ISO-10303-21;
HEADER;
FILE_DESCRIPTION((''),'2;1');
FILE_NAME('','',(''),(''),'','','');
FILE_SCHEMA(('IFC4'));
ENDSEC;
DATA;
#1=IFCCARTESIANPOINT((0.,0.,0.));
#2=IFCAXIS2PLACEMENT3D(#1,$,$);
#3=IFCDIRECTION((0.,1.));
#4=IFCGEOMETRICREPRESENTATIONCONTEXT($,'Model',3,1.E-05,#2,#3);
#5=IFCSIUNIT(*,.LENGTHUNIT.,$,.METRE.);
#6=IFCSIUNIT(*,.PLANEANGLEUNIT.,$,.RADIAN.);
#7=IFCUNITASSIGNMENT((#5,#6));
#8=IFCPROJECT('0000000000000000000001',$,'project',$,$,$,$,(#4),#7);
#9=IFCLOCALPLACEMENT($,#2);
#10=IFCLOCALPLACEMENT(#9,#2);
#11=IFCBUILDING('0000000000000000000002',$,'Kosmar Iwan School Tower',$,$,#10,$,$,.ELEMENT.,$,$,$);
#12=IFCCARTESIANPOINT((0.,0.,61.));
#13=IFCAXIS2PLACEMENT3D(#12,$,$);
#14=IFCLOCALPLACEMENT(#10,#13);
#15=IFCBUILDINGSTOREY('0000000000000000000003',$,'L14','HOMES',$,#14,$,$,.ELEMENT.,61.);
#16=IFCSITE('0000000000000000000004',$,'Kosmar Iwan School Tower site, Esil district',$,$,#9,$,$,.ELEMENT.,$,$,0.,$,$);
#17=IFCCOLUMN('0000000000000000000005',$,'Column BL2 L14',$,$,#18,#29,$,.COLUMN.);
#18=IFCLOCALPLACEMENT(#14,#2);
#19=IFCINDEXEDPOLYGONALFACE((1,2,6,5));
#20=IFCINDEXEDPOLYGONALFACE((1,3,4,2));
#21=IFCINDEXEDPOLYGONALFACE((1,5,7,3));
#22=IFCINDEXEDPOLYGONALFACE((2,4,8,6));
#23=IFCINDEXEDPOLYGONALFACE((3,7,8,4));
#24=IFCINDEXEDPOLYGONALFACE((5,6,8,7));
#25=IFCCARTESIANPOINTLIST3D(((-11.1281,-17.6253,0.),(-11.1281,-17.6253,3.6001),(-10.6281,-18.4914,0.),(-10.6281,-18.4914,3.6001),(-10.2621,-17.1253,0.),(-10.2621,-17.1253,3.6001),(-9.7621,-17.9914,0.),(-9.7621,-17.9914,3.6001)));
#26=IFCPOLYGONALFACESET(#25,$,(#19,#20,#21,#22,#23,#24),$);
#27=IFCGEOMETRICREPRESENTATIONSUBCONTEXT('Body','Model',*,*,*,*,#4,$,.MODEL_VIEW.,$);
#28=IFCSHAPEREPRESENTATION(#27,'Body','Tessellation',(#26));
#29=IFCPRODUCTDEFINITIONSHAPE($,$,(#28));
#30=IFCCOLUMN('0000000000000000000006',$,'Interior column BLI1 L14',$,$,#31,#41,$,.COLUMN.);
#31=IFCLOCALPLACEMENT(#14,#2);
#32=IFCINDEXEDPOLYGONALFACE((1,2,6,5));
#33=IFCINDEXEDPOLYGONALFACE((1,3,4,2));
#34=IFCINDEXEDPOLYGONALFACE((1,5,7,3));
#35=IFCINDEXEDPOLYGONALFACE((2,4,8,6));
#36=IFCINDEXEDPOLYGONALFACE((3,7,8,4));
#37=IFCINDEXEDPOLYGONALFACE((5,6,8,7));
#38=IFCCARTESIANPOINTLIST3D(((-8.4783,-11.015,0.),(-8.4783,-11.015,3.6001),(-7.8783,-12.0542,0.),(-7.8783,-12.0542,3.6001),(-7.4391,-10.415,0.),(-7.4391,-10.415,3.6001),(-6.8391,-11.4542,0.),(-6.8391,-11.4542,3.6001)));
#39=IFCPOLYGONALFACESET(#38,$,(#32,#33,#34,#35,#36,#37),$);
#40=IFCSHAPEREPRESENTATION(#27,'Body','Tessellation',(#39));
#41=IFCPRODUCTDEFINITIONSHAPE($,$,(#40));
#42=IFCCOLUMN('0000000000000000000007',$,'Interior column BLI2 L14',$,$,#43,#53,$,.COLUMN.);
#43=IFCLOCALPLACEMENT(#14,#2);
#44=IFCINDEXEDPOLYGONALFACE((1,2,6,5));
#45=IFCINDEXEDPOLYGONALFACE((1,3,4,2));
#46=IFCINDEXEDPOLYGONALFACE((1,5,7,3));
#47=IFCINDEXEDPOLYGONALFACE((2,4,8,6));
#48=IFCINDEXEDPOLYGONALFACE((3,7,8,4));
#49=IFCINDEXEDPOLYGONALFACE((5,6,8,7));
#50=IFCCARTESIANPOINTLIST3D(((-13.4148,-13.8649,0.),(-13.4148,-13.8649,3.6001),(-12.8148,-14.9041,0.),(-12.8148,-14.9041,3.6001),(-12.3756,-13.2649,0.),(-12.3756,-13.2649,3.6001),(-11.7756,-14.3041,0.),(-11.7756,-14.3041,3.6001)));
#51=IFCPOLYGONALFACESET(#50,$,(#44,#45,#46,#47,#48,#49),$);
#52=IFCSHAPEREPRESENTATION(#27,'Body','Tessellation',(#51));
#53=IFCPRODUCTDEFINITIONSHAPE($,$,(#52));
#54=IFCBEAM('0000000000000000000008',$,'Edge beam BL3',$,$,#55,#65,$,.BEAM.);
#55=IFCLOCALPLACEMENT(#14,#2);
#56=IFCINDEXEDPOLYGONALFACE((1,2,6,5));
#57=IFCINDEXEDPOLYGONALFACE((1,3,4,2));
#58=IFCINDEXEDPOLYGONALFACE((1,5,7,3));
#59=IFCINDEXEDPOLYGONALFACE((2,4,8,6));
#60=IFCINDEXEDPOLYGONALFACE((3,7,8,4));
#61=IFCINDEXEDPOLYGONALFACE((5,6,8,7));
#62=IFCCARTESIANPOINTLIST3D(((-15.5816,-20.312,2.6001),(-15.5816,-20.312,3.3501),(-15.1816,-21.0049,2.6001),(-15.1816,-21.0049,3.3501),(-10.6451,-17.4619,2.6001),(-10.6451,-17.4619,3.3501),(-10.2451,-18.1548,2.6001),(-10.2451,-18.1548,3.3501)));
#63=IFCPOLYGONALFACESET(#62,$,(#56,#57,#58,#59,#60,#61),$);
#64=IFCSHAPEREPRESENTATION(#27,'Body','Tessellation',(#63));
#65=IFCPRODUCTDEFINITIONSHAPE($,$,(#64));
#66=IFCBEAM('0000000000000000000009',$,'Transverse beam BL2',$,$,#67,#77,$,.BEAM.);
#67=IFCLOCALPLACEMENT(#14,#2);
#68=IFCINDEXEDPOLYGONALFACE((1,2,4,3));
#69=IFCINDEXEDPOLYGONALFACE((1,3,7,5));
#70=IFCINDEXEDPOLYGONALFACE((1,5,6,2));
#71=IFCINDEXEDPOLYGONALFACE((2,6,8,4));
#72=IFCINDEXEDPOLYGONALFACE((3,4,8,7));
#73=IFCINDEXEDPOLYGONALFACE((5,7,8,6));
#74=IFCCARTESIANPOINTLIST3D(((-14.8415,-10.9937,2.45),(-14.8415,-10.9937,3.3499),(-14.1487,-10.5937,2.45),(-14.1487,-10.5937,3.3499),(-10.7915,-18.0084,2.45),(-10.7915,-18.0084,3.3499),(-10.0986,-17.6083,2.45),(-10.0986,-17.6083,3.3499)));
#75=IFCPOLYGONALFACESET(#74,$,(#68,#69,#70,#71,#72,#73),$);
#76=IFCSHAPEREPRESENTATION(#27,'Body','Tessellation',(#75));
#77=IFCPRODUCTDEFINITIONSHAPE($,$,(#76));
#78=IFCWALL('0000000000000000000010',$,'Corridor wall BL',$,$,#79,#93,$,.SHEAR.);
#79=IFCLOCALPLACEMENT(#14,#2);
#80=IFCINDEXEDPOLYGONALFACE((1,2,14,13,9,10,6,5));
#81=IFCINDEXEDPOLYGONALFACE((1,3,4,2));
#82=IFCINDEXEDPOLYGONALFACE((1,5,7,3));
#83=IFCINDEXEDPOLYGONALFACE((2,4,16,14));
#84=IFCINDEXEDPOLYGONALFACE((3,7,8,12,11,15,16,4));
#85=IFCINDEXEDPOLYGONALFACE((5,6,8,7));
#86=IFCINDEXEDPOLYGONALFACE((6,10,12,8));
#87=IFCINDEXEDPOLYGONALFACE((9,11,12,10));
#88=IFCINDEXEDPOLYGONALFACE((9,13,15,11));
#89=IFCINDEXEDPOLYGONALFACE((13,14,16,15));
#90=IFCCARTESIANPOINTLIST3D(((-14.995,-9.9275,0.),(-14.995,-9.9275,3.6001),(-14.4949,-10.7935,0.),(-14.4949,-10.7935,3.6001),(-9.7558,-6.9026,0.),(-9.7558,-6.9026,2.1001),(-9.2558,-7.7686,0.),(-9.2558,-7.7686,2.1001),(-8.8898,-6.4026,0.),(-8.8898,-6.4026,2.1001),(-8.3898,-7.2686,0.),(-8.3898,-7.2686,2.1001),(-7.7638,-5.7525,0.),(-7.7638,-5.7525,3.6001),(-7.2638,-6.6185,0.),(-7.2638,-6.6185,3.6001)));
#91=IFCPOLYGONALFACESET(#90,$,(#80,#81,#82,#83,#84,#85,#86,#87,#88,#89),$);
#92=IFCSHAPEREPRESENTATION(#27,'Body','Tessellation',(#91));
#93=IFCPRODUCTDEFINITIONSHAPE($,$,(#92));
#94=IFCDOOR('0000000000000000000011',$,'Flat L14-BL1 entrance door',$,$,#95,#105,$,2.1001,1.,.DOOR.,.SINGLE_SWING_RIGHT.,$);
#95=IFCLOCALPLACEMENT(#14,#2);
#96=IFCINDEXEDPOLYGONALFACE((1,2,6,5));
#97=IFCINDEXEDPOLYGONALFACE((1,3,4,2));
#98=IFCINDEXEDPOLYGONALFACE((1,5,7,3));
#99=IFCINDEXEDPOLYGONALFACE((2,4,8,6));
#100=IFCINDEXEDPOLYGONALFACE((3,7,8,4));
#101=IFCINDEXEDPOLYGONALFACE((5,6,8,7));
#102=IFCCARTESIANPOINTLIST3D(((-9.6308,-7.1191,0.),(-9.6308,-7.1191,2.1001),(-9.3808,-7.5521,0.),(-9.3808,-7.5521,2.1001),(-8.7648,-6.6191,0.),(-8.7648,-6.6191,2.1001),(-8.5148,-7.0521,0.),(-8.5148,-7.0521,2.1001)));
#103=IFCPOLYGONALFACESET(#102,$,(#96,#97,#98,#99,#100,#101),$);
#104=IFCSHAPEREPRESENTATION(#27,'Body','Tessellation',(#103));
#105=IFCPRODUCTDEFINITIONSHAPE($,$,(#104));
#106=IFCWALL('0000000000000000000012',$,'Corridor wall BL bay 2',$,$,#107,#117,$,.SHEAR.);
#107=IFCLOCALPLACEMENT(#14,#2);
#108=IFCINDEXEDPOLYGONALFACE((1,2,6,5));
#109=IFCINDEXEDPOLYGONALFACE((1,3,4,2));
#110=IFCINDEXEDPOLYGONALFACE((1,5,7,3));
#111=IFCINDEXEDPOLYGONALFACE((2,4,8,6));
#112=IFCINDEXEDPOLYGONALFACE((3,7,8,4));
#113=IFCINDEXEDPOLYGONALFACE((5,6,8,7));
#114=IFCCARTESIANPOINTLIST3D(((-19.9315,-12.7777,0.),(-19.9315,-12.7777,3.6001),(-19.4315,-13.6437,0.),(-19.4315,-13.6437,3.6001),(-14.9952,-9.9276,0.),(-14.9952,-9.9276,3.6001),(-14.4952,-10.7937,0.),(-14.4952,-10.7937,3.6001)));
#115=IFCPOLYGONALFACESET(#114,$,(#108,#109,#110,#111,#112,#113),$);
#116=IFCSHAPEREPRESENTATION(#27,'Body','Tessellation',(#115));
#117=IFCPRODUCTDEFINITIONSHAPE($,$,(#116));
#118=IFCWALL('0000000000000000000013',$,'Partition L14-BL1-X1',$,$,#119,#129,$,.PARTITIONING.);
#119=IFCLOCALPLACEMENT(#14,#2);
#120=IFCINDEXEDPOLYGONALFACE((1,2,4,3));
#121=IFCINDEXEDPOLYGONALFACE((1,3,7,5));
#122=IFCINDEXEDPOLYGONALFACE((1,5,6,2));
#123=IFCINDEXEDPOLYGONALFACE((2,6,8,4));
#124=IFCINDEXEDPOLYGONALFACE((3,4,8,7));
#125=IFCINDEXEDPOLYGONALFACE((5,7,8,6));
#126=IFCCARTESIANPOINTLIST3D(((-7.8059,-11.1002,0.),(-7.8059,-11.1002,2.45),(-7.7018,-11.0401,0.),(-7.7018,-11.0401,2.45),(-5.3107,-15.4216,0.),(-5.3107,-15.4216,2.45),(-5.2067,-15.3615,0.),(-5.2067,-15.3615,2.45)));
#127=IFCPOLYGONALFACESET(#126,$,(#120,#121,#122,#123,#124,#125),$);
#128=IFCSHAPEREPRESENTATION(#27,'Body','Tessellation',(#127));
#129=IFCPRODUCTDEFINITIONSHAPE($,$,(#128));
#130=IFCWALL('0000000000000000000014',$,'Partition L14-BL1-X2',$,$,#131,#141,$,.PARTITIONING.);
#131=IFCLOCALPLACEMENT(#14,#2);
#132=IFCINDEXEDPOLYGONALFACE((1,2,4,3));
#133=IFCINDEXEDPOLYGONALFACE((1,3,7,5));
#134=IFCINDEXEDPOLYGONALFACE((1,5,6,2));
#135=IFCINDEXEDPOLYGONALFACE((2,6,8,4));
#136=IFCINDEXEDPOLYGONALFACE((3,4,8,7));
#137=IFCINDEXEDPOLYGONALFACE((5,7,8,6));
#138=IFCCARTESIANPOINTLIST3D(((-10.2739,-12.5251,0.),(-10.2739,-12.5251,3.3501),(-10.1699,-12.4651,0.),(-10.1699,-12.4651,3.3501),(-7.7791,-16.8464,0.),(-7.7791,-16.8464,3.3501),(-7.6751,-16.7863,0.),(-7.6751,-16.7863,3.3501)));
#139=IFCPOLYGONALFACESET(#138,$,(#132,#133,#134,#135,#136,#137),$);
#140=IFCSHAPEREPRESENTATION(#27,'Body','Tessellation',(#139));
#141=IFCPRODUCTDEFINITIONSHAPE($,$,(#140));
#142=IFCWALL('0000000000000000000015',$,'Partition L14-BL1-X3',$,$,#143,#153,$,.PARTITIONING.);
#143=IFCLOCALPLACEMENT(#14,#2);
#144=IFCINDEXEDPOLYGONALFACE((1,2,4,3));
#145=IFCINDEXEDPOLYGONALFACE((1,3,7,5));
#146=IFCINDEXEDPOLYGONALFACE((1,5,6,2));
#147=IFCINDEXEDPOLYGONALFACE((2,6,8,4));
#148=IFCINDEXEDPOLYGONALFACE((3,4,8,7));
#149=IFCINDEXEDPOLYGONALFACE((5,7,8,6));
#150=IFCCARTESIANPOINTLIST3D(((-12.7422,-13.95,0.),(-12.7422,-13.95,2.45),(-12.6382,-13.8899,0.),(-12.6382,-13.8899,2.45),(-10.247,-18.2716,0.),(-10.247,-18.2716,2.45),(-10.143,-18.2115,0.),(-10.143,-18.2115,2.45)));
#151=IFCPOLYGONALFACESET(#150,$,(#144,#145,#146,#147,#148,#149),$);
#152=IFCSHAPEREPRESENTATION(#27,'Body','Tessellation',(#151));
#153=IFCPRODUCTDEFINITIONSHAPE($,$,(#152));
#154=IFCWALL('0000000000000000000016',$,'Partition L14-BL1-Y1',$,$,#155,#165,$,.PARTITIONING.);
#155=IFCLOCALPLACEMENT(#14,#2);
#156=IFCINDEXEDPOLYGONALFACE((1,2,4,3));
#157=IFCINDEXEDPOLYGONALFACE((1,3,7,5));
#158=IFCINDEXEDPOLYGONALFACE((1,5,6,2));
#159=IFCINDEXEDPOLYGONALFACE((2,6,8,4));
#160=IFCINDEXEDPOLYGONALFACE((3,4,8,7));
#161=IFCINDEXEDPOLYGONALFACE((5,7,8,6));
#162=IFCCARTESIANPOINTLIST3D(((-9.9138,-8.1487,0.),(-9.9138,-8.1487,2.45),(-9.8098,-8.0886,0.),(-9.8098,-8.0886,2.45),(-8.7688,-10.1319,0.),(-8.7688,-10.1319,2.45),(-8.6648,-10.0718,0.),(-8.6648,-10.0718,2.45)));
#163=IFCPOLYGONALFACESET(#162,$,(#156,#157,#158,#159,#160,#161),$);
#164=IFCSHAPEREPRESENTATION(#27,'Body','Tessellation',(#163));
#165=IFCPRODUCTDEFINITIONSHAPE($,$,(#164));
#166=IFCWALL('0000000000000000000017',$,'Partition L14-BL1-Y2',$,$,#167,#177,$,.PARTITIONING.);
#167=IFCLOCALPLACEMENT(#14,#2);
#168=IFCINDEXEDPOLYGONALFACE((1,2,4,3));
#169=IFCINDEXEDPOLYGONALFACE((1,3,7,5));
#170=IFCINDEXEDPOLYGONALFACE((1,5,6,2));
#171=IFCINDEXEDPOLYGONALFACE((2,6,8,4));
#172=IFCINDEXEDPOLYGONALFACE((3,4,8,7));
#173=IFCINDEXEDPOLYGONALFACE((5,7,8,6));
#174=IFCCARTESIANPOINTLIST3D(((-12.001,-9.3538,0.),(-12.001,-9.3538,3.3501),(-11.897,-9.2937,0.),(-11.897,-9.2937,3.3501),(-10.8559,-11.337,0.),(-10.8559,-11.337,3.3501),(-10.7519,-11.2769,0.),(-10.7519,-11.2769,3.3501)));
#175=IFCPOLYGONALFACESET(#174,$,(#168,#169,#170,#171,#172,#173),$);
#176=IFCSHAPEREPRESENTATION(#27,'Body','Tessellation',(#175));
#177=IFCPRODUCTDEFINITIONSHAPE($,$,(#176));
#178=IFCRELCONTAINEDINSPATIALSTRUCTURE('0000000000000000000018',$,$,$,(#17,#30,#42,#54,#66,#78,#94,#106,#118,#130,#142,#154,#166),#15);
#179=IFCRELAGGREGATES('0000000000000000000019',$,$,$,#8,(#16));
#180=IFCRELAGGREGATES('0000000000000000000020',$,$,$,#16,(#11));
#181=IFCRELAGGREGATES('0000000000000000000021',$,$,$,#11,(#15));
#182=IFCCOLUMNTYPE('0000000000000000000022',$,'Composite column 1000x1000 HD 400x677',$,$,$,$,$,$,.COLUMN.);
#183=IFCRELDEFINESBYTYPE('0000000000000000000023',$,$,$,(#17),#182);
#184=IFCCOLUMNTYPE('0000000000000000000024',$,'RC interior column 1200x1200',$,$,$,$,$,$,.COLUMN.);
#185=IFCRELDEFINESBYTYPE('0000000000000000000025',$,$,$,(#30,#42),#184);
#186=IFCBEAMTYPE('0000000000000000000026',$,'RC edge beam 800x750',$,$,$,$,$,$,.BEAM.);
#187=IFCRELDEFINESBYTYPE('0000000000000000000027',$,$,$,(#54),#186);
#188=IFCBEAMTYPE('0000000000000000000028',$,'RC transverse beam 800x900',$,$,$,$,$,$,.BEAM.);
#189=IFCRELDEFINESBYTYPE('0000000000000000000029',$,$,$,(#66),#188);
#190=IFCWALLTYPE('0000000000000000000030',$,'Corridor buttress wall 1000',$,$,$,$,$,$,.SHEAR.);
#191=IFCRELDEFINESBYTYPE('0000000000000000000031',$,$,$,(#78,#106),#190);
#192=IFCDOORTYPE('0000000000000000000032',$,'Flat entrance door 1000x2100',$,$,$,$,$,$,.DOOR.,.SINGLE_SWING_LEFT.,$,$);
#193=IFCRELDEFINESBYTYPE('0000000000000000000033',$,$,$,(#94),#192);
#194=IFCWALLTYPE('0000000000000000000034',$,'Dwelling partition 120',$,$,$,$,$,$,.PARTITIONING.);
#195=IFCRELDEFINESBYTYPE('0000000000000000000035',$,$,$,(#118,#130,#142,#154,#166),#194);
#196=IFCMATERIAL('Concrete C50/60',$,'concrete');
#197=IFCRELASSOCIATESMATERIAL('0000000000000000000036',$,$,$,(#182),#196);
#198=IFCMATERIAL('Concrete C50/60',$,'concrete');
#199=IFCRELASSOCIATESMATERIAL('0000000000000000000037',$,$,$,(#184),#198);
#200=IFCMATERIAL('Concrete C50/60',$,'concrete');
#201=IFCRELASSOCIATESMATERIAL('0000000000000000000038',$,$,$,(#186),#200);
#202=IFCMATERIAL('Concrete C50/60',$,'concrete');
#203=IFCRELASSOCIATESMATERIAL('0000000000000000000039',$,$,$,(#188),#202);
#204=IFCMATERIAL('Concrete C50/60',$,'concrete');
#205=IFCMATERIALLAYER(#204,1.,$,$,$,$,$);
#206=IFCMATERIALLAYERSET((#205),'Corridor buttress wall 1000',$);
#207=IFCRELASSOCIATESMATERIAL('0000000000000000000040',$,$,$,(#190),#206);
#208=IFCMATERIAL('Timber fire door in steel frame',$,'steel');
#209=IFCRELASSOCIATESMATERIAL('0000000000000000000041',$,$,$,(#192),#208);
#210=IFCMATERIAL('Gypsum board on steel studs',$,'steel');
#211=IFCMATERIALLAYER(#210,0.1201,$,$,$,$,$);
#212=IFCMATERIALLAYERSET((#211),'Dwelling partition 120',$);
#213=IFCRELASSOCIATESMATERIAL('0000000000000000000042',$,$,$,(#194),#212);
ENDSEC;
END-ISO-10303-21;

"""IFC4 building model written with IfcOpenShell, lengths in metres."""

from ifc_helpers import new_model, si_unit, direction, frame, frame_2d, origin, origin_2d, place, context, subcontext, project, spatial, rectangle, extrude, material, layer, layer_set, material_profile, profile_set, type_object, element, fill, save


model = new_model("IFC4")

# Units and contexts
model_context = context("Model", 3, precision=1e-05, world=origin(), true_north=direction((0.0, 1.0)))
body_context = subcontext(model_context, "Body", "Model", "MODEL_VIEW")
ifc_project = project(units=[si_unit("LENGTHUNIT", "METRE"), si_unit("PLANEANGLEUNIT", "RADIAN")], contexts=[model_context])

# Site, building, storey
site_placement = place(None, origin())
site = spatial("IfcSite", under=ifc_project, at=site_placement, Name="Kosmar Iwan School Tower site, Esil district", CompositionType="ELEMENT", RefElevation=0.0)
building_placement = place(site_placement, origin())
building = spatial("IfcBuilding", under=site, at=building_placement, Name="Kosmar Iwan School Tower", CompositionType="ELEMENT")
storey_placement = place(building_placement, frame((0.0, 0.0, 61.0)))
storey = spatial("IfcBuildingStorey", under=building, at=storey_placement, Name="L14", Description="HOMES", CompositionType="ELEMENT", Elevation=61.0)

# Columns
ifc_material_1 = material(Name="Concrete C50/60", Category="concrete")
ifc_material_profile_1 = material_profile(ifc_material_1, rectangle(XDim=1.0, YDim=1.0, at=origin_2d()), Name="RC 1000x1000 + HD 400x677")
ifc_profile_set_1 = profile_set([ifc_material_profile_1], Name="Concrete C50/60")
column_type_1 = type_object("IfcColumnType", Name="Composite column 1000x1000 HD 400x677", PredefinedType="COLUMN", material=ifc_profile_set_1)
column_placement = place(storey_placement, frame((-10.4451, -17.8083, 0.0), z_axis=(0.0, 0.0, 1.0), x_axis=(-0.866025, -0.5, 0.0)))
element("IfcColumn", 1, at=column_placement, inside=storey, type_object=column_type_1, Name="Column BL2 L14", PredefinedType="COLUMN", context=body_context, shape_type="SweptSolid", body=[
    extrude(rectangle(XDim=1.0, YDim=1.0, at=origin_2d()), origin(), (0.0, 0.0, 1.0), 3.6001),
])
ifc_material_2 = material(Name="Concrete C50/60", Category="concrete")
ifc_material_profile_2 = material_profile(ifc_material_2, rectangle(XDim=1.2, YDim=1.2, at=origin_2d()), Name="RC 1200x1200")
ifc_profile_set_2 = profile_set([ifc_material_profile_2], Name="Concrete C50/60")
column_type_2 = type_object("IfcColumnType", Name="RC interior column 1200x1200", PredefinedType="COLUMN", material=ifc_profile_set_2)
for number, where, z_axis, x_axis, name in (
    (2, (-7.6587, -11.2346, 0.0), (0.0, 0.0, 1.0), (-0.866025, -0.5, 0.0), "Interior column BLI1 L14"),
    (3, (-12.5952, -14.0845, 0.0), (0.0, 0.0, 1.0), (-0.866025, -0.5, 0.0), "Interior column BLI2 L14"),
):
    element("IfcColumn", number, at=place(storey_placement, frame(where, z_axis=z_axis, x_axis=x_axis)), inside=storey, type_object=column_type_2, Name=name, PredefinedType="COLUMN", context=body_context, shape_type="SweptSolid", body=[
        extrude(rectangle(XDim=1.2, YDim=1.2, at=origin_2d()), origin(), (0.0, 0.0, 1.0), 3.6001),
    ])

# Beams
ifc_material_3 = material(Name="Concrete C50/60", Category="concrete")
ifc_material_profile_3 = material_profile(ifc_material_3, rectangle(XDim=0.8, YDim=0.75, at=origin_2d()), Name="RC 800x750")
ifc_profile_set_3 = profile_set([ifc_material_profile_3], Name="Concrete C50/60")
beam_type_1 = type_object("IfcBeamType", Name="RC edge beam 800x750", PredefinedType="BEAM", material=ifc_profile_set_3)
beam_1_placement = place(storey_placement, frame((-10.4451, -17.8083, 2.9751), z_axis=(-0.866026, -0.499999, 0.0), x_axis=(0.499999, -0.866026, 0.0)))
element("IfcBeam", 4, at=beam_1_placement, inside=storey, type_object=beam_type_1, Name="Edge beam BL3", PredefinedType="BEAM", context=body_context, shape_type="SweptSolid", body=[
    extrude(rectangle(XDim=0.8, YDim=0.75, at=origin_2d()), origin(), (0.0, 0.0, 1.0), 5.7002),
])
ifc_material_4 = material(Name="Concrete C50/60", Category="concrete")
ifc_material_profile_4 = material_profile(ifc_material_4, rectangle(XDim=0.8, YDim=0.8999, at=origin_2d()), Name="RC 800x900")
ifc_profile_set_4 = profile_set([ifc_material_profile_4], Name="Concrete C50/60")
beam_type_2 = type_object("IfcBeamType", Name="RC transverse beam 800x900", PredefinedType="BEAM", material=ifc_profile_set_4)
beam_2_placement = place(storey_placement, frame((-10.4451, -17.8083, 2.8999), z_axis=(-0.500013, 0.866018, 0.0), x_axis=(-0.866018, -0.500013, 0.0)))
element("IfcBeam", 5, at=beam_2_placement, inside=storey, type_object=beam_type_2, Name="Transverse beam BL2", PredefinedType="BEAM", context=body_context, shape_type="SweptSolid", body=[
    extrude(rectangle(XDim=0.8, YDim=0.8999, at=origin_2d()), origin(), (0.0, 0.0, 1.0), 8.0999),
])

# Wall, opening, door
ifc_material_5 = material(Name="Concrete C50/60", Category="concrete")
ifc_layer_1 = layer(ifc_material_5, 1.0)
ifc_layer_set_1 = layer_set([ifc_layer_1], Name="Corridor buttress wall 1000")
wall_type_1 = type_object("IfcWallType", Name="Corridor buttress wall 1000", PredefinedType="SHEAR", material=ifc_layer_set_1)
wall_1_placement = place(storey_placement, frame((-7.5139, -6.1855, 0.0), z_axis=(0.0, 0.0, 1.0), x_axis=(-0.86602, -0.50001, 0.0)))
wall_1 = element("IfcWall", 6, at=wall_1_placement, inside=storey, type_object=wall_type_1, Name="Corridor wall BL", PredefinedType="SHEAR", context=body_context, shape_type="SweptSolid", body=[
    extrude(rectangle(XDim=8.3499, YDim=1.0, at=frame_2d((4.1748, 0.0))), origin(), (0.0, 0.0, 1.0), 3.6001),
])
opening_placement = place(wall_1_placement, frame((1.3, 0.0, 0.0)))
opening = element("IfcOpeningElement", 7, at=opening_placement, cuts=wall_1, PredefinedType="OPENING", context=body_context, shape_type="SweptSolid", body=[
    extrude(rectangle(XDim=1.0, YDim=2.1001, at=frame_2d((0.5, 1.05))), frame((0.0, 0.512, 0.0), z_axis=(0.0, -1.0, 0.0), x_axis=(1.0, 0.0, 0.0)), (0.0, 0.0, 1.0), 1.0239),
])
ifc_material_6 = material(Name="Timber fire door in steel frame", Category="steel")
door_type = type_object("IfcDoorType", Name="Flat entrance door 1000x2100", OperationType="SINGLE_SWING_LEFT", PredefinedType="DOOR", material=ifc_material_6)
door_placement = place(opening_placement, origin())
door = element("IfcDoor", 8, at=door_placement, inside=storey, type_object=door_type, Name="Flat L14-BL1 entrance door", OperationType="SINGLE_SWING_RIGHT", OverallHeight=2.1001, OverallWidth=1.0, PredefinedType="DOOR", context=body_context, shape_type="SweptSolid", body=[
    extrude(rectangle(XDim=1.0, YDim=2.1001, at=frame_2d((0.5, 1.05))), frame((0.0, 0.25, 0.0), z_axis=(0.0, -1.0, 0.0), x_axis=(1.0, 0.0, 0.0)), (0.0, 0.0, 1.0), 0.5),
])
fill(opening, door)

# Walls
wall_2_placement = place(storey_placement, frame((-14.7451, -10.3606, 0.0), z_axis=(0.0, 0.0, 1.0), x_axis=(-0.866015, -0.500018, 0.0)))
element("IfcWall", 9, at=wall_2_placement, inside=storey, type_object=wall_type_1, Name="Corridor wall BL bay 2", PredefinedType="SHEAR", context=body_context, shape_type="SweptSolid", body=[
    extrude(rectangle(XDim=5.7, YDim=1.0, at=frame_2d((2.8501, 0.0))), origin(), (0.0, 0.0, 1.0), 3.6001),
])
ifc_material_7 = material(Name="Gypsum board on steel studs", Category="steel")
ifc_layer_2 = layer(ifc_material_7, 0.1201)
ifc_layer_set_2 = layer_set([ifc_layer_2], Name="Dwelling partition 120")
wall_type_2 = type_object("IfcWallType", Name="Dwelling partition 120", PredefinedType="PARTITIONING", material=ifc_layer_set_2)
wall_3_placement = place(storey_placement, frame((-7.7539, -11.0701, 0.0), z_axis=(0.0, 0.0, 1.0), x_axis=(0.500033, -0.866006, 0.0)))
element("IfcWall", 10, at=wall_3_placement, inside=storey, type_object=wall_type_2, Name="Partition L14-BL1-X1", PredefinedType="PARTITIONING", context=body_context, shape_type="SweptSolid", body=[
    extrude(rectangle(XDim=4.99, YDim=0.1201, at=frame_2d((2.4951, 0.0))), origin(), (0.0, 0.0, 1.0), 2.45),
])
wall_4_placement = place(storey_placement, frame((-10.2219, -12.4951, 0.0), z_axis=(0.0, 0.0, 1.0), x_axis=(0.499996, -0.866028, 0.0)))
element("IfcWall", 11, at=wall_4_placement, inside=storey, type_object=wall_type_2, Name="Partition L14-BL1-X2", PredefinedType="PARTITIONING", context=body_context, shape_type="SweptSolid", body=[
    extrude(rectangle(XDim=4.9897, YDim=0.1201, at=frame_2d((2.4949, 0.0))), origin(), (0.0, 0.0, 1.0), 3.3501),
])
wall_5_placement = place(storey_placement, frame((-12.6902, -13.9199, 0.0), z_axis=(0.0, 0.0, 1.0), x_axis=(0.500012, -0.866019, 0.0)))
element("IfcWall", 12, at=wall_5_placement, inside=storey, type_object=wall_type_2, Name="Partition L14-BL1-X3", PredefinedType="PARTITIONING", context=body_context, shape_type="SweptSolid", body=[
    extrude(rectangle(XDim=4.9902, YDim=0.1201, at=frame_2d((2.4951, 0.0))), origin(), (0.0, 0.0, 1.0), 2.45),
])
wall_6_placement = place(storey_placement, frame((-9.8618, -8.1187, 0.0), z_axis=(0.0, 0.0, 1.0), x_axis=(0.500015, -0.866017, 0.0)))
element("IfcWall", 13, at=wall_6_placement, inside=storey, type_object=wall_type_2, Name="Partition L14-BL1-Y1", PredefinedType="PARTITIONING", context=body_context, shape_type="SweptSolid", body=[
    extrude(rectangle(XDim=2.29, YDim=0.1201, at=frame_2d((1.145, 0.0))), origin(), (0.0, 0.0, 1.0), 2.45),
])
for number, where, z_axis, x_axis, name in (
    (14, (-11.949, -9.3237, 0.0), (0.0, 0.0, 1.0), (0.500015, -0.866017, 0.0), "Partition L14-BL1-Y2"),
):
    element("IfcWall", number, at=place(storey_placement, frame(where, z_axis=z_axis, x_axis=x_axis)), inside=storey, type_object=wall_type_2, Name=name, PredefinedType="PARTITIONING", context=body_context, shape_type="SweptSolid", body=[
        extrude(rectangle(XDim=2.29, YDim=0.1201, at=frame_2d((1.145, 0.0))), origin(), (0.0, 0.0, 1.0), 3.3501),
    ])

save(model, "model.ifc")
